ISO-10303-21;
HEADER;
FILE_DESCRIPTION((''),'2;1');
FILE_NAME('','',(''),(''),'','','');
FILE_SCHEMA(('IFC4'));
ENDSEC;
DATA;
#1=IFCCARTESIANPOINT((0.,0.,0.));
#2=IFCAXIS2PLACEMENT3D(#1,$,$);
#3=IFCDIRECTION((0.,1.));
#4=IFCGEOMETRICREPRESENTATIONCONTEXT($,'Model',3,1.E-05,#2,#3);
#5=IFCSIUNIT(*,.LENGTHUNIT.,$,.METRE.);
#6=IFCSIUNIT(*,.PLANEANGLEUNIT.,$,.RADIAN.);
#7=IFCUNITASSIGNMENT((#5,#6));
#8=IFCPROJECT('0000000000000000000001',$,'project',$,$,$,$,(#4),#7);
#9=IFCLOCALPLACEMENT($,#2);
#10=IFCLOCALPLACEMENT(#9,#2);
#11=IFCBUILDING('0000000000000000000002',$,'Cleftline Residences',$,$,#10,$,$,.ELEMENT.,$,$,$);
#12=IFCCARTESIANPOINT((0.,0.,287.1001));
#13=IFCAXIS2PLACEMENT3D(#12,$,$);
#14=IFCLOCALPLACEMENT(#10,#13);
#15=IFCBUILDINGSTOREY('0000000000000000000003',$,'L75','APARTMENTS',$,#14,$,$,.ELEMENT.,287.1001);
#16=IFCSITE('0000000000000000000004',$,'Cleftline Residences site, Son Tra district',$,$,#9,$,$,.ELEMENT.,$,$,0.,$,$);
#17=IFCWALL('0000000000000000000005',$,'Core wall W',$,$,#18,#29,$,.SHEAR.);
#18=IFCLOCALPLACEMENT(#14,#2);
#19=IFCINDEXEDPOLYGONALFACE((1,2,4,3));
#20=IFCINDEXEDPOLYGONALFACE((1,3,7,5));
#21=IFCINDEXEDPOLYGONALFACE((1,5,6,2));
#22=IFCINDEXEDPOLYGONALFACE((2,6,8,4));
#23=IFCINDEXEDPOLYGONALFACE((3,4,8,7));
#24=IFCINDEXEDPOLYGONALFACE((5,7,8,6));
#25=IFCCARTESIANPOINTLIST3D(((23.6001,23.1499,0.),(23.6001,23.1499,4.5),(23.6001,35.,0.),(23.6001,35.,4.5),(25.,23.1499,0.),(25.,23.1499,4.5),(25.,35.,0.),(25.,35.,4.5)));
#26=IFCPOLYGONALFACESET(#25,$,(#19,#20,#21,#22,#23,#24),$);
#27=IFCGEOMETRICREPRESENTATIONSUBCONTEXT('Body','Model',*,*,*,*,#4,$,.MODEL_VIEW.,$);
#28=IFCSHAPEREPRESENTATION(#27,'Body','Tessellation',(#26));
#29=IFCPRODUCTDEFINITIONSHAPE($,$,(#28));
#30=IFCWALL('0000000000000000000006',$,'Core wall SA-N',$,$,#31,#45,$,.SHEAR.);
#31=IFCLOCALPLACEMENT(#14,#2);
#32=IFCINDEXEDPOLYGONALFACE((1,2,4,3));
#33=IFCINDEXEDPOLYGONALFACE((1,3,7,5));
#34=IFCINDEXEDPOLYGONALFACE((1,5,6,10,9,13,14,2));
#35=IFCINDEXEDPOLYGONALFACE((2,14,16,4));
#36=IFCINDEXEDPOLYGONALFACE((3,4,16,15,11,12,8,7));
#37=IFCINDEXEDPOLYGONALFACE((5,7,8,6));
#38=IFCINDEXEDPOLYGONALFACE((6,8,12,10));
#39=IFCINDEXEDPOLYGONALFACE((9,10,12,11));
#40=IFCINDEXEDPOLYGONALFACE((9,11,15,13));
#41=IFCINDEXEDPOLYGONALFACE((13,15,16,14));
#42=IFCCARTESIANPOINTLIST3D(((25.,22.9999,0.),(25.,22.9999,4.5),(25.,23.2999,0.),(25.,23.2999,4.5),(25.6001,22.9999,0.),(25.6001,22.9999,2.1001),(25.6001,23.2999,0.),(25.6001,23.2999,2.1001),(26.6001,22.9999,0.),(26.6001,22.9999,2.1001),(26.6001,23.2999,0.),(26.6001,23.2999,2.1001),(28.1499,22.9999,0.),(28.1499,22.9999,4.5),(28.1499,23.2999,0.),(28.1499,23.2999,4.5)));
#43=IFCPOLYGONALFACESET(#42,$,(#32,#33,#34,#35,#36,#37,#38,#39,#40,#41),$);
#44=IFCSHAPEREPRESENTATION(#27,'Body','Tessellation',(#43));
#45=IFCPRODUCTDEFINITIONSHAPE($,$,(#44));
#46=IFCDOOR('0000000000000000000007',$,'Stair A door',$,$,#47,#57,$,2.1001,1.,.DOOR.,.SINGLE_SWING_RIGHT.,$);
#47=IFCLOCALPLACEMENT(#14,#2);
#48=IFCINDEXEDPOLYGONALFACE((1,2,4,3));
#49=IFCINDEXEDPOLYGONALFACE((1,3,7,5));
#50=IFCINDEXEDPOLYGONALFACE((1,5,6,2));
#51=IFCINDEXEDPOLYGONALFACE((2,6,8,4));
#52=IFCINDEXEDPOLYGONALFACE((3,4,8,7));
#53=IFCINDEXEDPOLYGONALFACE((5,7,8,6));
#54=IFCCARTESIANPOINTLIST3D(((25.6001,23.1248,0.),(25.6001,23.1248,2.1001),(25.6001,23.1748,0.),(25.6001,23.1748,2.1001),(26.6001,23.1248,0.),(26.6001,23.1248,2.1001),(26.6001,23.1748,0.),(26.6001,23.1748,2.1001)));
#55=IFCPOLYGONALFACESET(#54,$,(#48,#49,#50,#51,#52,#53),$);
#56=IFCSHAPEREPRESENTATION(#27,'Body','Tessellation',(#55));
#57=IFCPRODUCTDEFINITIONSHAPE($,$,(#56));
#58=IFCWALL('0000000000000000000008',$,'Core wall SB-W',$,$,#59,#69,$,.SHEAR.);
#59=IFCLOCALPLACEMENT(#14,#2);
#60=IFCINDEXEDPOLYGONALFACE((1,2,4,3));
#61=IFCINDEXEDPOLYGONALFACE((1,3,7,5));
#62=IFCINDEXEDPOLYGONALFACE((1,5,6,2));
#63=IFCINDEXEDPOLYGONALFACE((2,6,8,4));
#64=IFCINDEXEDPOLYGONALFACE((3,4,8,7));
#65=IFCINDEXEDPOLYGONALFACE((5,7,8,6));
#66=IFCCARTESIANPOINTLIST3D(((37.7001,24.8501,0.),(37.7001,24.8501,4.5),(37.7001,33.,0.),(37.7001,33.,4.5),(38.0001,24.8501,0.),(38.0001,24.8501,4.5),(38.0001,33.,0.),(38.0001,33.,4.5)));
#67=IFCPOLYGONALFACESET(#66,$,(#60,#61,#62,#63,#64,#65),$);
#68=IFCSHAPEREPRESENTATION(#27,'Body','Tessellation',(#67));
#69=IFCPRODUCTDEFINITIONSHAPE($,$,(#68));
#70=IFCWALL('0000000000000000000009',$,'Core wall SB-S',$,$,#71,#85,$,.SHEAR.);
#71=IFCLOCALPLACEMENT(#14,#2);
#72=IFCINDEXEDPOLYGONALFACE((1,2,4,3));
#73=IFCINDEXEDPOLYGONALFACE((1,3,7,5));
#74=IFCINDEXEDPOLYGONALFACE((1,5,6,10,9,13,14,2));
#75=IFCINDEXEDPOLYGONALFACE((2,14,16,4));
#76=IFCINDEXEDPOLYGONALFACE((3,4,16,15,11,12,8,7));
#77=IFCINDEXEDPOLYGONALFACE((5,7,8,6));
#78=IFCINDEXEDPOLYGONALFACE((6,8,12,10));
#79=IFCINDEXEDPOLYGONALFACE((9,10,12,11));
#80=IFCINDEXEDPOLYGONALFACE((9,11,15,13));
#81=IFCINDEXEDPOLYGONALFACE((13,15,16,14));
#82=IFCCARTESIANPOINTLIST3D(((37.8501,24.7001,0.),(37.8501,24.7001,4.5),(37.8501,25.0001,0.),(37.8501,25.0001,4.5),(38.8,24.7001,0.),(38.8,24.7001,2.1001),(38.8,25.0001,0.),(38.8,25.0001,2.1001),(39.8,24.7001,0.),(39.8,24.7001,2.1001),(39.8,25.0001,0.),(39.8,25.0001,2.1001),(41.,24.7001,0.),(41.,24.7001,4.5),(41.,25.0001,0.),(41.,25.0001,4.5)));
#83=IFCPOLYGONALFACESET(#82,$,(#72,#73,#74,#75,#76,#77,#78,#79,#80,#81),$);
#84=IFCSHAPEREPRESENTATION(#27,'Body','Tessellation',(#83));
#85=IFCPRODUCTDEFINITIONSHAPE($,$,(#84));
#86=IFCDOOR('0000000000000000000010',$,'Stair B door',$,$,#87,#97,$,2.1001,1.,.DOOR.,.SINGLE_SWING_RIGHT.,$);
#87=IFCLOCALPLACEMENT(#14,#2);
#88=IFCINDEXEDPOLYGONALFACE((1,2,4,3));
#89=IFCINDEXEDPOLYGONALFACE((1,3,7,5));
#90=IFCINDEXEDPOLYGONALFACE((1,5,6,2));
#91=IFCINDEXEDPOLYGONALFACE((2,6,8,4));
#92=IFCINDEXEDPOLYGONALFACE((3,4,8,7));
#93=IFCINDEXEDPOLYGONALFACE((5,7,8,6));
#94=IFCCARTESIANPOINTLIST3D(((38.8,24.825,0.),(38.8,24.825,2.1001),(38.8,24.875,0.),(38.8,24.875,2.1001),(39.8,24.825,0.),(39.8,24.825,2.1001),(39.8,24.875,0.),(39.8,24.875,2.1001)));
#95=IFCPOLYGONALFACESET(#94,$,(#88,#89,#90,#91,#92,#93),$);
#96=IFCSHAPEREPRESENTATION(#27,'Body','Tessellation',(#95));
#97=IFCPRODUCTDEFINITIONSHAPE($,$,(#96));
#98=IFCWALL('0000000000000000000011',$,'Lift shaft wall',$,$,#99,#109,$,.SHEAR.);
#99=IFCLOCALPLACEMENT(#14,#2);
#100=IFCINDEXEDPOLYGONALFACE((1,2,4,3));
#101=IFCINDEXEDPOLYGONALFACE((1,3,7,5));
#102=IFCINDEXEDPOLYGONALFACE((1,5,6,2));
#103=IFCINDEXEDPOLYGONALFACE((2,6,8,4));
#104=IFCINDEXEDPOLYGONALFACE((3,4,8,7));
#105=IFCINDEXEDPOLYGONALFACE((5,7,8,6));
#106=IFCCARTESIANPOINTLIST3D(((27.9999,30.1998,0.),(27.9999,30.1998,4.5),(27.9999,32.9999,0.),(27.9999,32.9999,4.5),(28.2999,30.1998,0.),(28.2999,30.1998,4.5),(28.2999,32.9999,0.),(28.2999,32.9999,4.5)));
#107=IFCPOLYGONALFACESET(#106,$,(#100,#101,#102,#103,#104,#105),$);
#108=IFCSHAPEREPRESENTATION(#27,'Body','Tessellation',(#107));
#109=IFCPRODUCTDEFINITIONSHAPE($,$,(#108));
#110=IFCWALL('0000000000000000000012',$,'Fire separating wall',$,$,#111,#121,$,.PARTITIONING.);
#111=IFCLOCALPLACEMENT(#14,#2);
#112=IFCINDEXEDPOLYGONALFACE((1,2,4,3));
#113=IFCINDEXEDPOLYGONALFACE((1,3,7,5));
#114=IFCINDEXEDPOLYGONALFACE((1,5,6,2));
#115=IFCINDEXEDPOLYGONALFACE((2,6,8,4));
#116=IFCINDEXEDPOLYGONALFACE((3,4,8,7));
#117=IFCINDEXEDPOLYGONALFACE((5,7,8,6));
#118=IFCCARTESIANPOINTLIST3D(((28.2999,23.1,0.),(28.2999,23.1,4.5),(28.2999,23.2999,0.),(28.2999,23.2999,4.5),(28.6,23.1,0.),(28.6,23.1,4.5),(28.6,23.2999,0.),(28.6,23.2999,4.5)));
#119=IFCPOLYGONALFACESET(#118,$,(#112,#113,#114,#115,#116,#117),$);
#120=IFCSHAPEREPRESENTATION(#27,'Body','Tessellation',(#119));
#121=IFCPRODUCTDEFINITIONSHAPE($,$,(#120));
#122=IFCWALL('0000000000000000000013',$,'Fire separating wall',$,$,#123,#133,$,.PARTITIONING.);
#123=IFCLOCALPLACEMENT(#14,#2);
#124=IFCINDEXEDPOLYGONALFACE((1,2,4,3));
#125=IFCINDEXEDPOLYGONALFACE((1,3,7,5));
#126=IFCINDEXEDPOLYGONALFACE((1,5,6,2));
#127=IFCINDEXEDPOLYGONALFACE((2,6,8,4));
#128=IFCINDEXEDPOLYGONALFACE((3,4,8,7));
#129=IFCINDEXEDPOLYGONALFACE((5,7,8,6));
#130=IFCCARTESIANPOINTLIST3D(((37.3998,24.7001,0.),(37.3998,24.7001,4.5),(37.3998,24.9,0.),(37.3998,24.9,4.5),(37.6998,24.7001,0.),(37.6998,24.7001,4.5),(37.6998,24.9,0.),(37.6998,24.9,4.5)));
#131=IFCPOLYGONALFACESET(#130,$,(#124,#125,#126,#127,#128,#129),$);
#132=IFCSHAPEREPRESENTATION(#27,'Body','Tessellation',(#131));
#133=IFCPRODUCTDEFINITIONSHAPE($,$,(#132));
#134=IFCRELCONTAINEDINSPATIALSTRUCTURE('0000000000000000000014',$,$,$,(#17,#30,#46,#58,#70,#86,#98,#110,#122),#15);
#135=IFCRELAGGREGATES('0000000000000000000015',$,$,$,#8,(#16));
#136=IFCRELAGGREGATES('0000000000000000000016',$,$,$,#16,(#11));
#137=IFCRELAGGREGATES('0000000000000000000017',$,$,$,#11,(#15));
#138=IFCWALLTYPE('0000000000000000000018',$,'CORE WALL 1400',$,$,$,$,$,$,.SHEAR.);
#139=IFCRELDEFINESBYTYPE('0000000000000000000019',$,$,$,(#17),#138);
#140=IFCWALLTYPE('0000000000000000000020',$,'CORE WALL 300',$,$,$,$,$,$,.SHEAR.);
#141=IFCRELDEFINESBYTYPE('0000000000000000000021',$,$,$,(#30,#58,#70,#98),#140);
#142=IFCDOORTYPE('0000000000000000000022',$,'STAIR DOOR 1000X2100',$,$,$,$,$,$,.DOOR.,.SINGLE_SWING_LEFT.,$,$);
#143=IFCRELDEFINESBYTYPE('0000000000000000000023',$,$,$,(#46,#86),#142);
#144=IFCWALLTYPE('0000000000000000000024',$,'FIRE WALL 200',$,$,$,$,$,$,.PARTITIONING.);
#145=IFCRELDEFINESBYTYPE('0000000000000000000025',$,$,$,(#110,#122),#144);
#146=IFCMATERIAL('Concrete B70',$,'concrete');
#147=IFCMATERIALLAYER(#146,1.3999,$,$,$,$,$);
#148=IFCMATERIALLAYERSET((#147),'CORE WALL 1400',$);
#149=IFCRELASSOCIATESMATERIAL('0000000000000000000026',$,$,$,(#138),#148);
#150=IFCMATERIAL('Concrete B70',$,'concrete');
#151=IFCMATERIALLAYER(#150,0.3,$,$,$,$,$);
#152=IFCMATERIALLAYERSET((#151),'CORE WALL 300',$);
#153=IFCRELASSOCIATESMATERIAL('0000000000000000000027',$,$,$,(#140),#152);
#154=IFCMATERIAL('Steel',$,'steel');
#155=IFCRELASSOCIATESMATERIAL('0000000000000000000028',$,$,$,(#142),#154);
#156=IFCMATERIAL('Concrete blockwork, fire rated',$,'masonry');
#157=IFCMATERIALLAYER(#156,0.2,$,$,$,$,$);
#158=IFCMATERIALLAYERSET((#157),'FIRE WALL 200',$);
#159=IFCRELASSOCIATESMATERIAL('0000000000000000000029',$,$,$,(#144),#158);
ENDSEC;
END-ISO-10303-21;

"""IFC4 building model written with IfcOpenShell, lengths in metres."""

from ifc_helpers import new_model, si_unit, direction, frame, frame_2d, origin, place, context, subcontext, project, spatial, rectangle, extrude, material, layer, layer_set, type_object, element, fill, save


model = new_model("IFC4")

# Units and contexts
model_context = context("Model", 3, precision=1e-05, world=origin(), true_north=direction((0.0, 1.0)))
body_context = subcontext(model_context, "Body", "Model", "MODEL_VIEW")
ifc_project = project(units=[si_unit("LENGTHUNIT", "METRE"), si_unit("PLANEANGLEUNIT", "RADIAN")], contexts=[model_context])

# Site, building, storey
site_placement = place(None, origin())
site = spatial("IfcSite", under=ifc_project, at=site_placement, Name="Cleftline Residences site, Son Tra district", CompositionType="ELEMENT", RefElevation=0.0)
building_placement = place(site_placement, origin())
building = spatial("IfcBuilding", under=site, at=building_placement, Name="Cleftline Residences", CompositionType="ELEMENT")
storey_placement = place(building_placement, frame((0.0, 0.0, 287.1001)))
storey = spatial("IfcBuildingStorey", under=building, at=storey_placement, Name="L75", Description="APARTMENTS", CompositionType="ELEMENT", Elevation=287.1001)

# Wall
ifc_material_1 = material(Name="Concrete B70", Category="concrete")
ifc_layer_1 = layer(ifc_material_1, 1.3999)
ifc_layer_set_1 = layer_set([ifc_layer_1], Name="CORE WALL 1400")
wall_type_1 = type_object("IfcWallType", Name="CORE WALL 1400", PredefinedType="SHEAR", material=ifc_layer_set_1)
wall_1_placement = place(storey_placement, frame((24.3, 23.1499, 0.0), z_axis=(0.0, 0.0, 1.0), x_axis=(0.0, 1.0, 0.0)))
element("IfcWall", 1, at=wall_1_placement, inside=storey, type_object=wall_type_1, Name="Core wall W", PredefinedType="SHEAR", context=body_context, shape_type="SweptSolid", body=[
    extrude(rectangle(XDim=11.8501, YDim=1.3999, at=frame_2d((5.925, 0.0))), origin(), (0.0, 0.0, 1.0), 4.5),
])

# Wall, opening, door
ifc_material_2 = material(Name="Concrete B70", Category="concrete")
ifc_layer_2 = layer(ifc_material_2, 0.3)
ifc_layer_set_2 = layer_set([ifc_layer_2], Name="CORE WALL 300")
wall_type_2 = type_object("IfcWallType", Name="CORE WALL 300", PredefinedType="SHEAR", material=ifc_layer_set_2)
wall_2_placement = place(storey_placement, frame((25.0, 23.1499, 0.0), z_axis=(0.0, 0.0, 1.0), x_axis=(1.0, 0.0, 0.0)))
wall_2 = element("IfcWall", 2, at=wall_2_placement, inside=storey, type_object=wall_type_2, Name="Core wall SA-N", PredefinedType="SHEAR", context=body_context, shape_type="SweptSolid", body=[
    extrude(rectangle(XDim=3.1499, YDim=0.3, at=frame_2d((1.575, 0.0))), origin(), (0.0, 0.0, 1.0), 4.5),
])
opening_1_placement = place(wall_2_placement, frame((0.6001, 0.0, 0.0)))
opening_1 = element("IfcOpeningElement", 3, at=opening_1_placement, cuts=wall_2, PredefinedType="OPENING", context=body_context, shape_type="SweptSolid", body=[
    extrude(rectangle(XDim=1.0, YDim=2.1001, at=frame_2d((0.5, 1.05))), frame((0.0, 0.1599, 0.0), z_axis=(0.0, -1.0, 0.0), x_axis=(1.0, 0.0, 0.0)), (0.0, 0.0, 1.0), 0.3201),
])
ifc_material_3 = material(Name="Steel", Category="steel")
door_type_1 = type_object("IfcDoorType", Name="STAIR DOOR 1000X2100", OperationType="SINGLE_SWING_LEFT", PredefinedType="DOOR", material=ifc_material_3)
door_1_placement = place(opening_1_placement, origin())
door_1 = element("IfcDoor", 4, at=door_1_placement, inside=storey, type_object=door_type_1, Name="Stair A door", OperationType="SINGLE_SWING_RIGHT", OverallHeight=2.1001, OverallWidth=1.0, PredefinedType="DOOR", context=body_context, shape_type="SweptSolid", body=[
    extrude(rectangle(XDim=1.0, YDim=2.1001, at=frame_2d((0.5, 1.05))), frame((0.0, 0.0249, 0.0), z_axis=(0.0, -1.0, 0.0), x_axis=(1.0, 0.0, 0.0)), (0.0, 0.0, 1.0), 0.05),
])
fill(opening_1, door_1)

# Wall
wall_3_placement = place(storey_placement, frame((37.8501, 24.8501, 0.0), z_axis=(0.0, 0.0, 1.0), x_axis=(0.0, 1.0, 0.0)))
element("IfcWall", 5, at=wall_3_placement, inside=storey, type_object=wall_type_2, Name="Core wall SB-W", PredefinedType="SHEAR", context=body_context, shape_type="SweptSolid", body=[
    extrude(rectangle(XDim=8.1499, YDim=0.3, at=frame_2d((4.075, 0.0))), origin(), (0.0, 0.0, 1.0), 4.5),
])

# Wall, opening, door
wall_4_placement = place(storey_placement, frame((37.8501, 24.8501, 0.0), z_axis=(0.0, 0.0, 1.0), x_axis=(1.0, 0.0, 0.0)))
wall_4 = element("IfcWall", 6, at=wall_4_placement, inside=storey, type_object=wall_type_2, Name="Core wall SB-S", PredefinedType="SHEAR", context=body_context, shape_type="SweptSolid", body=[
    extrude(rectangle(XDim=3.1499, YDim=0.3, at=frame_2d((1.575, 0.0))), origin(), (0.0, 0.0, 1.0), 4.5),
])
opening_2_placement = place(wall_4_placement, frame((0.95, 0.0, 0.0)))
opening_2 = element("IfcOpeningElement", 7, at=opening_2_placement, cuts=wall_4, PredefinedType="OPENING", context=body_context, shape_type="SweptSolid", body=[
    extrude(rectangle(XDim=1.0, YDim=2.1001, at=frame_2d((0.5, 1.05))), frame((0.0, 0.1599, 0.0), z_axis=(0.0, -1.0, 0.0), x_axis=(1.0, 0.0, 0.0)), (0.0, 0.0, 1.0), 0.3201),
])
door_2_placement = place(opening_2_placement, origin())
door_2 = element("IfcDoor", 8, at=door_2_placement, inside=storey, type_object=door_type_1, Name="Stair B door", OperationType="SINGLE_SWING_RIGHT", OverallHeight=2.1001, OverallWidth=1.0, PredefinedType="DOOR", context=body_context, shape_type="SweptSolid", body=[
    extrude(rectangle(XDim=1.0, YDim=2.1001, at=frame_2d((0.5, 1.05))), frame((0.0, 0.0249, 0.0), z_axis=(0.0, -1.0, 0.0), x_axis=(1.0, 0.0, 0.0)), (0.0, 0.0, 1.0), 0.05),
])
fill(opening_2, door_2)

# Walls
wall_5_placement = place(storey_placement, frame((28.1499, 30.2, 0.0), z_axis=(0.0, 0.0, 1.0), x_axis=(0.0, 1.0, 0.0)))
element("IfcWall", 9, at=wall_5_placement, inside=storey, type_object=wall_type_2, Name="Lift shaft wall", PredefinedType="SHEAR", context=body_context, shape_type="SweptSolid", body=[
    extrude(rectangle(XDim=2.8, YDim=0.3, at=frame_2d((1.3999, 0.0))), origin(), (0.0, 0.0, 1.0), 4.5),
])
ifc_material_4 = material(Name="Concrete blockwork, fire rated", Category="masonry")
ifc_layer_3 = layer(ifc_material_4, 0.2)
ifc_layer_set_3 = layer_set([ifc_layer_3], Name="FIRE WALL 200")
wall_type_3 = type_object("IfcWallType", Name="FIRE WALL 200", PredefinedType="PARTITIONING", material=ifc_layer_set_3)
for number, where, z_axis, x_axis, name in (
    (10, (28.3, 23.2, 0.0), (0.0, 0.0, 1.0), (1.0, 0.0, 0.0), "Fire separating wall"),
    (11, (37.3999, 24.8, 0.0), (0.0, 0.0, 1.0), (1.0, 0.0, 0.0), "Fire separating wall"),
):
    element("IfcWall", number, at=place(storey_placement, frame(where, z_axis=z_axis, x_axis=x_axis)), inside=storey, type_object=wall_type_3, Name=name, PredefinedType="PARTITIONING", context=body_context, shape_type="SweptSolid", body=[
        extrude(rectangle(XDim=0.3, YDim=0.2, at=frame_2d((0.1499, 0.0))), origin(), (0.0, 0.0, 1.0), 4.5),
    ])

save(model, "model.ifc")
